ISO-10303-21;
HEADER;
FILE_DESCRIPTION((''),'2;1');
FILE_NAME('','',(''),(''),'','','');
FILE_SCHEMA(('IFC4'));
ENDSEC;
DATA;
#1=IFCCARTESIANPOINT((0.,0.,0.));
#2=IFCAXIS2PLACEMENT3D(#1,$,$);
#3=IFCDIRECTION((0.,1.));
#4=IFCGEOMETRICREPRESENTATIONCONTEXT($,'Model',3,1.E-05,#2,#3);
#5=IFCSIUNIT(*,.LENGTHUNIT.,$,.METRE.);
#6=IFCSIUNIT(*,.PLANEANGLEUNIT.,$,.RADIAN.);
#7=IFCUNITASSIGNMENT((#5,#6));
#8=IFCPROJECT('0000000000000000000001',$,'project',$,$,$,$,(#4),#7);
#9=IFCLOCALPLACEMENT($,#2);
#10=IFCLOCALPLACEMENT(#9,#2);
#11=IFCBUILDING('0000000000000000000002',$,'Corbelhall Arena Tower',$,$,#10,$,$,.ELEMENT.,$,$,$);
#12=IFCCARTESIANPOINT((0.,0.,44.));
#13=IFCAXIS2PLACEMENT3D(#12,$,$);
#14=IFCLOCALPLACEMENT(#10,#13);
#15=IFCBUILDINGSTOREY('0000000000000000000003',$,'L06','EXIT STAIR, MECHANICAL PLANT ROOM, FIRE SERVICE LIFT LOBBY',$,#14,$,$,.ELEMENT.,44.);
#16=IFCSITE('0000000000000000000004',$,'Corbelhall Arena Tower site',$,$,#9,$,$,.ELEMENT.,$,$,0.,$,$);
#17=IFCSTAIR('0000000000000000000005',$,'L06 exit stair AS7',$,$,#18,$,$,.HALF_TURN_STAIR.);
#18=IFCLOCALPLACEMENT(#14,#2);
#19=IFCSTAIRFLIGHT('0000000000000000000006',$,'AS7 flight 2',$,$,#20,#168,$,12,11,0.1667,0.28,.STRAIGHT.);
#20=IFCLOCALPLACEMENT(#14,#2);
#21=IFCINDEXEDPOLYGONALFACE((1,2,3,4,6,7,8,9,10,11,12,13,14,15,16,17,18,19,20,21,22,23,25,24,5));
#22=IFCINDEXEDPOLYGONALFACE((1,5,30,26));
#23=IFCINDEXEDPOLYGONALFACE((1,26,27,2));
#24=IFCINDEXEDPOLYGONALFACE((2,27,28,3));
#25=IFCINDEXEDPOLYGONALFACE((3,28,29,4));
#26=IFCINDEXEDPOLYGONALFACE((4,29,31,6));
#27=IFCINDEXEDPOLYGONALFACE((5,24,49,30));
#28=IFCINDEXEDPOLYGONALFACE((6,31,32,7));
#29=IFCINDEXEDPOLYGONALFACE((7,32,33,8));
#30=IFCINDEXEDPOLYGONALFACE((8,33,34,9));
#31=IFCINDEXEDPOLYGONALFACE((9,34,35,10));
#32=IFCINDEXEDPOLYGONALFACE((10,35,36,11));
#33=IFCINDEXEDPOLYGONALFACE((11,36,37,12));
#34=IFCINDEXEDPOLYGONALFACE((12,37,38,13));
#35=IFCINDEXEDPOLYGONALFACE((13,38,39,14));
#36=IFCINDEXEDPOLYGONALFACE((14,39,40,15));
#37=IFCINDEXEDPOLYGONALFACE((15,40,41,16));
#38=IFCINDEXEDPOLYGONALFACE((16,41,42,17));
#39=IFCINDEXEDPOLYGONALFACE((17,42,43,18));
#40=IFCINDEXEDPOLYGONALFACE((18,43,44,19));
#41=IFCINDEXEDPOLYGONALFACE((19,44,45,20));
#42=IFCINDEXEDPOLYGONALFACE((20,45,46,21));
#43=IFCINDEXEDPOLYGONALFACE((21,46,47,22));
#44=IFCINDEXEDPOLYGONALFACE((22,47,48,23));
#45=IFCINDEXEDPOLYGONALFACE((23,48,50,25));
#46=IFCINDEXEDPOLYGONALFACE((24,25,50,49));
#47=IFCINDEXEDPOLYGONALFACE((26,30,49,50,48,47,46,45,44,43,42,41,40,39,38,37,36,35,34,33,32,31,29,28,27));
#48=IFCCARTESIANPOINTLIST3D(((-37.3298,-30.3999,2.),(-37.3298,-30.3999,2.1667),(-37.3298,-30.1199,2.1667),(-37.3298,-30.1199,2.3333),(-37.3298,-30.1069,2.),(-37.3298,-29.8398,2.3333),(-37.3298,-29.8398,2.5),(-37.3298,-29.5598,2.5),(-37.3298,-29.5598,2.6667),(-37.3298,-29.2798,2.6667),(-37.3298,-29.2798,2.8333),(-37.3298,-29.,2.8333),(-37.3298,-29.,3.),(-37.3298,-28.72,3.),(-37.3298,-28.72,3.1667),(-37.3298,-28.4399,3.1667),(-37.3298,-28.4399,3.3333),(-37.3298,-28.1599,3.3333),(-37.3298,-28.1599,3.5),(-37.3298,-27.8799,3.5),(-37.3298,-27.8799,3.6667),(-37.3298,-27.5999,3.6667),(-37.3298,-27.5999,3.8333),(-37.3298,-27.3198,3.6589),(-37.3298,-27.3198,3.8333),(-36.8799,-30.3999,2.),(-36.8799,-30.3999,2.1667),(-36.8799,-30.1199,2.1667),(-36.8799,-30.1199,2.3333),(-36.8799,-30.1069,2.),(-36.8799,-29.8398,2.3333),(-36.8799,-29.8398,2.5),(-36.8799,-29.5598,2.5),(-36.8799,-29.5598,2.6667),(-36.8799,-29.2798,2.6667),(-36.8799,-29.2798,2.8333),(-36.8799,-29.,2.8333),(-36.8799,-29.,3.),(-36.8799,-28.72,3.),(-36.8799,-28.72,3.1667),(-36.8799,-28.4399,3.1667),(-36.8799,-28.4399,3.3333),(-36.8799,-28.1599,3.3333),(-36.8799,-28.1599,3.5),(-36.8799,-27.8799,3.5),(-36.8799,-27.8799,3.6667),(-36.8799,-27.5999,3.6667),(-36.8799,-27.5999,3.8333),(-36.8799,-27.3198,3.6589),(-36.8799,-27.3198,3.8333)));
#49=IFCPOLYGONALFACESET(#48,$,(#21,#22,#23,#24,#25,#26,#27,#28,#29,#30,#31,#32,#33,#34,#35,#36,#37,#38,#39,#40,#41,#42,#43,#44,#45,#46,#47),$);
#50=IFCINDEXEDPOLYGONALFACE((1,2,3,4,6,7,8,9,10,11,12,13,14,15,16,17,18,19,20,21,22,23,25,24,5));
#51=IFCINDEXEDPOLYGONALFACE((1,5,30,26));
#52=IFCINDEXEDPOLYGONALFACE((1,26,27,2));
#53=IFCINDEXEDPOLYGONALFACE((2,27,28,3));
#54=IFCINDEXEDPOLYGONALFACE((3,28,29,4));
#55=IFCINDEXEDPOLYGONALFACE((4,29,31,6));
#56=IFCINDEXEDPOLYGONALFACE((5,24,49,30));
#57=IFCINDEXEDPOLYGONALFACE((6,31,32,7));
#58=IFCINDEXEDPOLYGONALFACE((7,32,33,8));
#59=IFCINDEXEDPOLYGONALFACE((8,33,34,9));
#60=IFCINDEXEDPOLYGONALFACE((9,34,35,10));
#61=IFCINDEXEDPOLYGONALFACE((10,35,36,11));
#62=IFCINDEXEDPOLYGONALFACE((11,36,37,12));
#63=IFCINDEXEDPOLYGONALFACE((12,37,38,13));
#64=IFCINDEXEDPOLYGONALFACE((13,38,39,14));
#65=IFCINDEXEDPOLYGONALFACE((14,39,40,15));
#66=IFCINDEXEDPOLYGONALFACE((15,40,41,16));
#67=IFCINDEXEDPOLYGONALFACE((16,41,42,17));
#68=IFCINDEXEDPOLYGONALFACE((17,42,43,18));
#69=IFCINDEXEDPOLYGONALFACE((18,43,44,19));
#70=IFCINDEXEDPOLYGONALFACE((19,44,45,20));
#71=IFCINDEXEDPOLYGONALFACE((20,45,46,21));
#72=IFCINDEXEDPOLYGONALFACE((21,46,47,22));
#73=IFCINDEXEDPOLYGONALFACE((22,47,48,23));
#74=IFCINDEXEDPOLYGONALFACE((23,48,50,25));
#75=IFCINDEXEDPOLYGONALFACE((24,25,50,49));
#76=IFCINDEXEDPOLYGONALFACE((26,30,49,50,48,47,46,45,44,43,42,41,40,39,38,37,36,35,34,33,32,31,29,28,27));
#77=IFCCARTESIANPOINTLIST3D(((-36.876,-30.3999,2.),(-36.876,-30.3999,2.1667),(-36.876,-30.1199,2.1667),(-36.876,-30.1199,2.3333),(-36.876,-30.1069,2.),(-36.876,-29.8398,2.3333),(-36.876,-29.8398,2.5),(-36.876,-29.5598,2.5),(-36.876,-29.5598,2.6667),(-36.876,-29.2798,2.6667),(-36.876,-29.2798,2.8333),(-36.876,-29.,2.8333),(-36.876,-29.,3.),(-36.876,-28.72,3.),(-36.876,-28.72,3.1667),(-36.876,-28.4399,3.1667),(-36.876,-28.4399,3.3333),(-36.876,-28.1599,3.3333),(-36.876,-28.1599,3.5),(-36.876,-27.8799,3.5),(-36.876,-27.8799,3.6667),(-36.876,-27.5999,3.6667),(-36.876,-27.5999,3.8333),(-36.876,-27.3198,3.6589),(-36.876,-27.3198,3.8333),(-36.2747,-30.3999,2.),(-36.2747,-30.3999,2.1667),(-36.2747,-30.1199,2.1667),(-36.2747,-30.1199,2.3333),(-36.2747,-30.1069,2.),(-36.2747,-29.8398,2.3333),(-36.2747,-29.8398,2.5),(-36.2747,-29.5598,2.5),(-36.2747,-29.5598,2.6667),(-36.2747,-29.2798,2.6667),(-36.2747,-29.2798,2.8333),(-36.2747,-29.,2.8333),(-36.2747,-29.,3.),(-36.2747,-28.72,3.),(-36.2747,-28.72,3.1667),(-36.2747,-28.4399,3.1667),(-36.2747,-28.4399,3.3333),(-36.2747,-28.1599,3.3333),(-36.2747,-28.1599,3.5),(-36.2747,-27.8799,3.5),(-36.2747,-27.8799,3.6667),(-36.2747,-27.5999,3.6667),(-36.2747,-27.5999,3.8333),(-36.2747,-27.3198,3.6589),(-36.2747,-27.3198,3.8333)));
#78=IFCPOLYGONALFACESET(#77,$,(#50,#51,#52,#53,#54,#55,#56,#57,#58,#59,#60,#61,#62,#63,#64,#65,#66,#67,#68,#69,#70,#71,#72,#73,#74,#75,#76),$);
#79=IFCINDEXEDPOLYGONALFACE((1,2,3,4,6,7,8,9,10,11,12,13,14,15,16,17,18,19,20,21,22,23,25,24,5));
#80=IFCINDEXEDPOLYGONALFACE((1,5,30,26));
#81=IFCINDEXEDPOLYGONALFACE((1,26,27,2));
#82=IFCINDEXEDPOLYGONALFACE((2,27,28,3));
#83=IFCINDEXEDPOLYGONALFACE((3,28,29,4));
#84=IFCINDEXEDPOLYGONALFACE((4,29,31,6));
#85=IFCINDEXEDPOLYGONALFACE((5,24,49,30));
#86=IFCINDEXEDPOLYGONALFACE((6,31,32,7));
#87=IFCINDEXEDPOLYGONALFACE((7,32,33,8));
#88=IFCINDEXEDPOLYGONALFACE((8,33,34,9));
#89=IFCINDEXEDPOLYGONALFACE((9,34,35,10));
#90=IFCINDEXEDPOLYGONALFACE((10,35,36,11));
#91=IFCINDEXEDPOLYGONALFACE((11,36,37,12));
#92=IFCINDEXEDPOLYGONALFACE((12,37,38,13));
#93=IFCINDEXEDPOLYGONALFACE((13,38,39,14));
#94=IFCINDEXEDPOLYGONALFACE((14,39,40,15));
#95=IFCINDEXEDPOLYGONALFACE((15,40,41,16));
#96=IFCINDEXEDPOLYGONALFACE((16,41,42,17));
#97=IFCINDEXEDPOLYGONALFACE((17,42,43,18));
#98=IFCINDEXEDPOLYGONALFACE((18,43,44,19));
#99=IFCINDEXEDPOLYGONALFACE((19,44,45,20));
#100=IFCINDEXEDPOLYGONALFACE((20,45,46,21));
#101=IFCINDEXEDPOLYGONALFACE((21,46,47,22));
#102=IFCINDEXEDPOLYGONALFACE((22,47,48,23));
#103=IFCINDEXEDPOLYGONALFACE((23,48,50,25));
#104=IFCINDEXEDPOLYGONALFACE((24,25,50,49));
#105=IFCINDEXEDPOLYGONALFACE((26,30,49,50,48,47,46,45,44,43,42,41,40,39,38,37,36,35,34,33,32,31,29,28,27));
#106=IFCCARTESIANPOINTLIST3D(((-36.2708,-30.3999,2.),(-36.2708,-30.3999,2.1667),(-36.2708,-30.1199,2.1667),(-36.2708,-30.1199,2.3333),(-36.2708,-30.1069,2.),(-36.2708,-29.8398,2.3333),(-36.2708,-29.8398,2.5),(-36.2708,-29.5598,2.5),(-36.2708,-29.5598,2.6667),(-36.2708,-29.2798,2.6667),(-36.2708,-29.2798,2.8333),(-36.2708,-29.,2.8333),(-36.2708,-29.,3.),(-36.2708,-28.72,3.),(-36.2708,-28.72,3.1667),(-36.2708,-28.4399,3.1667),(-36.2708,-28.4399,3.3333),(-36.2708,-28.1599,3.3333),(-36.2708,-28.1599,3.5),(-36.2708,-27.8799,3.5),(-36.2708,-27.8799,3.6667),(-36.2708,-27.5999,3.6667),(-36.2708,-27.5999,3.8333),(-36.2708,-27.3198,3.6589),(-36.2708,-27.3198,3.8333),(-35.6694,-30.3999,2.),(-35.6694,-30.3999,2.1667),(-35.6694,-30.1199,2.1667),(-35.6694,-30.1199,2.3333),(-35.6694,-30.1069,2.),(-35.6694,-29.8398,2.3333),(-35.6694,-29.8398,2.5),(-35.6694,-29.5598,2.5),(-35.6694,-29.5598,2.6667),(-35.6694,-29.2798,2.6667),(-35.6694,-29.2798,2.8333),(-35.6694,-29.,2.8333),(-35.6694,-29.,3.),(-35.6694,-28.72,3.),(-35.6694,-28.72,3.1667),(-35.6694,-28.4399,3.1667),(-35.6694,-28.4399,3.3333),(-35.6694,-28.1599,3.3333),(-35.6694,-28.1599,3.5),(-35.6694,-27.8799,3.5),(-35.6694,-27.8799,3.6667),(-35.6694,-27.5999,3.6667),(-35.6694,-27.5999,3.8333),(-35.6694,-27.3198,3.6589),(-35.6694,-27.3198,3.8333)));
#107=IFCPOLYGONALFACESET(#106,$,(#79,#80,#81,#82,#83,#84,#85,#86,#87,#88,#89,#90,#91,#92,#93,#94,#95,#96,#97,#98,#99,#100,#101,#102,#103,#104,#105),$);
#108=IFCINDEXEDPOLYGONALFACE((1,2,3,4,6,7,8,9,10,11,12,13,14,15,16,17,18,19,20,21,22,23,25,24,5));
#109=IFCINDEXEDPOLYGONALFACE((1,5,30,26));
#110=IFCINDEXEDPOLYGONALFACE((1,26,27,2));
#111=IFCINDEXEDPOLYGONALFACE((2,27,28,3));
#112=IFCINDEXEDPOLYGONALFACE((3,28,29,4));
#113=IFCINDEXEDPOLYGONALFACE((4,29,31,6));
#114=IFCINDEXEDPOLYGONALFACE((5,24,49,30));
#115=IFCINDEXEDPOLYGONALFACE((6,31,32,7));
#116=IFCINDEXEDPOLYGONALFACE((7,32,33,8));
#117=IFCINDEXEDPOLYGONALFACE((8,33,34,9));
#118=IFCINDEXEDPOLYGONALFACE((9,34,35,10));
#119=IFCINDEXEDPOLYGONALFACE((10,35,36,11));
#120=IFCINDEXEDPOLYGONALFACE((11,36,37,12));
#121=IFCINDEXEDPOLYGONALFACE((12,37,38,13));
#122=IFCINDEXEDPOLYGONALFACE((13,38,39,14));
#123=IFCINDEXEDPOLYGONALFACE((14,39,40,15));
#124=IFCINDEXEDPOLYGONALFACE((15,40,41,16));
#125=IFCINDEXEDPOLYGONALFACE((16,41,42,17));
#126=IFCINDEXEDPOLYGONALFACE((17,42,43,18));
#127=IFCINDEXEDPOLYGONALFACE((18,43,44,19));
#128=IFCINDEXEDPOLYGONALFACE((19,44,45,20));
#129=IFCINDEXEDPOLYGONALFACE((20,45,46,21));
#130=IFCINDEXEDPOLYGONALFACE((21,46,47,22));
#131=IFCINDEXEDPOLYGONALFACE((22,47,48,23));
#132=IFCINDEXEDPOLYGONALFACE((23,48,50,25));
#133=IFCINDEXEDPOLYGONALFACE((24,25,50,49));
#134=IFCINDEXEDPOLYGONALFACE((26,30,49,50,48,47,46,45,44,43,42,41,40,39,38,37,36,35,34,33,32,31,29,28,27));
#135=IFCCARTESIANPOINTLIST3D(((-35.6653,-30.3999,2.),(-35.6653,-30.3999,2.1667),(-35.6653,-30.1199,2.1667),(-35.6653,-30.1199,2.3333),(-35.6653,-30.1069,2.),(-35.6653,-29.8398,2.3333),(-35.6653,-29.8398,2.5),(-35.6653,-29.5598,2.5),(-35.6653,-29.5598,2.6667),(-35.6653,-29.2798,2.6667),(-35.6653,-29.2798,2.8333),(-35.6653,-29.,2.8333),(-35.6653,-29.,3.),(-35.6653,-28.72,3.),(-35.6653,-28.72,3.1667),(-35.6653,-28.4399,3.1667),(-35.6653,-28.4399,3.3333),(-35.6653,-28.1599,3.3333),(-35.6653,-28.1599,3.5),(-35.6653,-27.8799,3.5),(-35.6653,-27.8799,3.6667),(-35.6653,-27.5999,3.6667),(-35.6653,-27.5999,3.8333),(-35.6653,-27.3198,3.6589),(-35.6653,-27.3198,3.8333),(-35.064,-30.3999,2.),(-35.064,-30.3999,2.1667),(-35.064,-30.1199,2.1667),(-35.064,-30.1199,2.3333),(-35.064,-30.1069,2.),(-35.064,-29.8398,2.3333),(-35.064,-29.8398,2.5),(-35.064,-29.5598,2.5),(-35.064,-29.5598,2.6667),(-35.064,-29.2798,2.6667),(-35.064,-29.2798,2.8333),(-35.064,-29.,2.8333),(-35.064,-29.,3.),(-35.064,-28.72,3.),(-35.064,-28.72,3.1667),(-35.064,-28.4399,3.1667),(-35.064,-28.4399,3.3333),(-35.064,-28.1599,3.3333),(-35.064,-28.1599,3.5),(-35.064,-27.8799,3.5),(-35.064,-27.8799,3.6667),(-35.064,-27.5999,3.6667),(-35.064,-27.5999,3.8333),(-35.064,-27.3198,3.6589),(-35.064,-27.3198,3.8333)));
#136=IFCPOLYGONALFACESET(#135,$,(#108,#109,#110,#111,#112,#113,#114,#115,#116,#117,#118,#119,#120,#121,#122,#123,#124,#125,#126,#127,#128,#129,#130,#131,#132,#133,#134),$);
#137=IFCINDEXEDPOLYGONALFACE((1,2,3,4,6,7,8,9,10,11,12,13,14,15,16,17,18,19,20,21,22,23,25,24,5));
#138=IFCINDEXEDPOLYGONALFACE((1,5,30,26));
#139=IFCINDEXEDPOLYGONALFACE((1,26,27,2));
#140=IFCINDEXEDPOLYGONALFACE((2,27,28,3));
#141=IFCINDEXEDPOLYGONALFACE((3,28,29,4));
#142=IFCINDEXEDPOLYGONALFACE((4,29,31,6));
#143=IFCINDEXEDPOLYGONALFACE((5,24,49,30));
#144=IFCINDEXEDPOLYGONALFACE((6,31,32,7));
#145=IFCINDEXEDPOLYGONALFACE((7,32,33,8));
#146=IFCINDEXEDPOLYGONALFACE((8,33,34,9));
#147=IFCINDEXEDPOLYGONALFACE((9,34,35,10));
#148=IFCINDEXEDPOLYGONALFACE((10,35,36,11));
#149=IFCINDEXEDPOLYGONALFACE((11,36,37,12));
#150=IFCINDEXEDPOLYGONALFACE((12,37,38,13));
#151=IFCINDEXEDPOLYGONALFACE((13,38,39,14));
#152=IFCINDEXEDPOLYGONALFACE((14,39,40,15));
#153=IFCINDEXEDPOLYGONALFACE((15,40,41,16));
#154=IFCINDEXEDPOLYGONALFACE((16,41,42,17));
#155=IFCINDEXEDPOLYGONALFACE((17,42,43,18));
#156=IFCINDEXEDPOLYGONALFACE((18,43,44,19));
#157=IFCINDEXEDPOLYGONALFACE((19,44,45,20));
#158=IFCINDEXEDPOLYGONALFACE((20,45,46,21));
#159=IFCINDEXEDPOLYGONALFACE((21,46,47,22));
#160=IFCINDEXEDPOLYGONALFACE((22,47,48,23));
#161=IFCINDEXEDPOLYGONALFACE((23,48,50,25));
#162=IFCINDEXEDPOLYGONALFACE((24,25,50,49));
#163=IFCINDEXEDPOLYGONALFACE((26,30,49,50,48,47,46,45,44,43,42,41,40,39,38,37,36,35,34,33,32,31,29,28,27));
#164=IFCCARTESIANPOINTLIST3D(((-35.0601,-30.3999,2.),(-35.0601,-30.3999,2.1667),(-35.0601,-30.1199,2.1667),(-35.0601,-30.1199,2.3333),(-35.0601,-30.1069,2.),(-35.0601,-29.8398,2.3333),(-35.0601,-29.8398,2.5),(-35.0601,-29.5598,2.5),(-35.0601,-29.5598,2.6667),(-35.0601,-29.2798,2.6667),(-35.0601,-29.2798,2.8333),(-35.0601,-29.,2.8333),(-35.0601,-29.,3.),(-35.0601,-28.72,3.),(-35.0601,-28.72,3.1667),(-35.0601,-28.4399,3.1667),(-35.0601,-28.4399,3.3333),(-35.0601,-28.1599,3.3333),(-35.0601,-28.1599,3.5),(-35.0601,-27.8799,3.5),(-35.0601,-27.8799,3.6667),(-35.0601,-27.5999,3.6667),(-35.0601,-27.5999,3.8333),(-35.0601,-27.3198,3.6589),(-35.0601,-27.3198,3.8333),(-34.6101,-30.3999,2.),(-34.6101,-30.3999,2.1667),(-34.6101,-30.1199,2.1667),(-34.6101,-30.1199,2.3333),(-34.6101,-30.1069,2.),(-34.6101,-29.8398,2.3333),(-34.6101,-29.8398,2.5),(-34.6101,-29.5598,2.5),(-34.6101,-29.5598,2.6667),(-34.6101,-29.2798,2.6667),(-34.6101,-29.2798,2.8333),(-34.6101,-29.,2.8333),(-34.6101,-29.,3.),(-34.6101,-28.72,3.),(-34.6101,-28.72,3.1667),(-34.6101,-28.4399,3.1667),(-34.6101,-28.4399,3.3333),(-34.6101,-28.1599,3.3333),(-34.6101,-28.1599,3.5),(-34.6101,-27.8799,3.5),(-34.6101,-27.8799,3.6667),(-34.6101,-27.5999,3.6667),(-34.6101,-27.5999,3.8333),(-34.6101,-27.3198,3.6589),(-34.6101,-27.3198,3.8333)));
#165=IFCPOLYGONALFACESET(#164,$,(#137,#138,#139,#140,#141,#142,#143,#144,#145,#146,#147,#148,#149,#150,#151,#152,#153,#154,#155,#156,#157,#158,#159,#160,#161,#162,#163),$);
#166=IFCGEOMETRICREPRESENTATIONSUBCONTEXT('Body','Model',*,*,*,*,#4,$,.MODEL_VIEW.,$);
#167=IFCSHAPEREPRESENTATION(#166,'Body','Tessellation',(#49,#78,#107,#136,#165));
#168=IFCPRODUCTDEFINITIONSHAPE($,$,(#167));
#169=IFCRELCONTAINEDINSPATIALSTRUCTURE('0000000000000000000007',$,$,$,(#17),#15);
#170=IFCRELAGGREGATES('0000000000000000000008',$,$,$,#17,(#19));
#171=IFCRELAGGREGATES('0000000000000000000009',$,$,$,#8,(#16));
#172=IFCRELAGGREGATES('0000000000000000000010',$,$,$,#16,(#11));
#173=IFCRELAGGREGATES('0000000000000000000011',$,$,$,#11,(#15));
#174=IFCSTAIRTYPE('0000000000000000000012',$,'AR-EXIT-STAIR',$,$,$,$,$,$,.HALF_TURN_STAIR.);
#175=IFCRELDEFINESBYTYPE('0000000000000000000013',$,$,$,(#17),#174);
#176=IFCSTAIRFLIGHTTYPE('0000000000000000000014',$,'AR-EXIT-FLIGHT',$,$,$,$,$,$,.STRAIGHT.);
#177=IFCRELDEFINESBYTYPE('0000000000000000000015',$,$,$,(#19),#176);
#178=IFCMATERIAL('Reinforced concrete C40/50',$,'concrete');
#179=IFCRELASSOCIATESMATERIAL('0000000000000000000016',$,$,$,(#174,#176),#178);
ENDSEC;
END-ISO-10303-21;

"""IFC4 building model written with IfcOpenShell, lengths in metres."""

from ifc_helpers import new_model, si_unit, direction, frame, origin, place, context, subcontext, project, spatial, polyline, outline, extrude, material, type_object, element, aggregate, save


model = new_model("IFC4")

# Units and contexts
model_context = context("Model", 3, precision=1e-05, world=origin(), true_north=direction((0.0, 1.0)))
body_context = subcontext(model_context, "Body", "Model", "MODEL_VIEW")
ifc_project = project(units=[si_unit("LENGTHUNIT", "METRE"), si_unit("PLANEANGLEUNIT", "RADIAN")], contexts=[model_context])

# Site, building, storey
site_placement = place(None, origin())
site = spatial("IfcSite", under=ifc_project, at=site_placement, Name="Corbelhall Arena Tower site", CompositionType="ELEMENT", RefElevation=0.0)
building_placement = place(site_placement, origin())
building = spatial("IfcBuilding", under=site, at=building_placement, Name="Corbelhall Arena Tower", CompositionType="ELEMENT")
storey_placement = place(building_placement, frame((0.0, 0.0, 44.0)))
storey = spatial("IfcBuildingStorey", under=building, at=storey_placement, Name="L06", Description="EXIT STAIR, MECHANICAL PLANT ROOM, FIRE SERVICE LIFT LOBBY", CompositionType="ELEMENT", Elevation=44.0)

# Shared definitions
ifc_material_1 = material(Name="Reinforced concrete C40/50", Category="concrete")

# Stair, stair flight
stair_type = type_object("IfcStairType", Name="AR-EXIT-STAIR", PredefinedType="HALF_TURN_STAIR", material=ifc_material_1)
stair_1_placement = place(storey_placement, origin())
stair_1 = element("IfcStair", 1, at=stair_1_placement, inside=storey, type_object=stair_type, Name="L06 exit stair AS7", PredefinedType="HALF_TURN_STAIR")
stair_flight_type = type_object("IfcStairFlightType", Name="AR-EXIT-FLIGHT", PredefinedType="STRAIGHT", material=ifc_material_1)
stair_flight_1_placement = place(storey_placement, frame((-35.97, -30.3999, 2.0), z_axis=(0.0, 0.0, 1.0), x_axis=(0.0, 1.0, 0.0)))
stair_flight_1 = element("IfcStairFlight", 2, at=stair_flight_1_placement, type_object=stair_flight_type, Name="AS7 flight 2", NumberOfRisers=12, NumberOfTreads=11, PredefinedType="STRAIGHT", RiserHeight=0.1667, TreadLength=0.28, context=body_context, shape_type="SweptSolid", body=[
    extrude(outline(polyline([(0.0, 0.0), (0.0, 0.1667), (0.28, 0.1667), (0.28, 0.3333), (0.5601, 0.3333), (0.5601, 0.5), (0.8401, 0.5), (0.8401, 0.6667), (1.1201, 0.6667), (1.1201, 0.8333), (1.3999, 0.8333), (1.3999, 1.0), (1.6799, 1.0), (1.6799, 1.1667), (1.96, 1.1667), (1.96, 1.3333), (2.24, 1.3333), (2.24, 1.5), (2.52, 1.5), (2.52, 1.6667), (2.8, 1.6667), (2.8, 1.8333), (3.0801, 1.8333), (3.0801, 2.0), (3.0801, 1.6589), (0.293, 0.0), (0.0, 0.0)])), frame((0.0, 1.3599, 0.0), z_axis=(0.0, -1.0, 0.0), x_axis=(1.0, 0.0, 0.0)), (0.0, 0.0, 1.0), 0.45),
    extrude(outline(polyline([(0.0, 0.0), (0.0, 0.1667), (0.28, 0.1667), (0.28, 0.3333), (0.5601, 0.3333), (0.5601, 0.5), (0.8401, 0.5), (0.8401, 0.6667), (1.1201, 0.6667), (1.1201, 0.8333), (1.3999, 0.8333), (1.3999, 1.0), (1.6799, 1.0), (1.6799, 1.1667), (1.96, 1.1667), (1.96, 1.3333), (2.24, 1.3333), (2.24, 1.5), (2.52, 1.5), (2.52, 1.6667), (2.8, 1.6667), (2.8, 1.8333), (3.0801, 1.8333), (3.0801, 2.0), (3.0801, 1.6589), (0.293, 0.0), (0.0, 0.0)])), frame((0.0, 0.906, 0.0), z_axis=(0.0, -1.0, 0.0), x_axis=(1.0, 0.0, 0.0)), (0.0, 0.0, 1.0), 0.6013),
    extrude(outline(polyline([(0.0, 0.0), (0.0, 0.1667), (0.28, 0.1667), (0.28, 0.3333), (0.5601, 0.3333), (0.5601, 0.5), (0.8401, 0.5), (0.8401, 0.6667), (1.1201, 0.6667), (1.1201, 0.8333), (1.3999, 0.8333), (1.3999, 1.0), (1.6799, 1.0), (1.6799, 1.1667), (1.96, 1.1667), (1.96, 1.3333), (2.24, 1.3333), (2.24, 1.5), (2.52, 1.5), (2.52, 1.6667), (2.8, 1.6667), (2.8, 1.8333), (3.0801, 1.8333), (3.0801, 2.0), (3.0801, 1.6589), (0.293, 0.0), (0.0, 0.0)])), frame((0.0, 0.3008, 0.0), z_axis=(0.0, -1.0, 0.0), x_axis=(1.0, 0.0, 0.0)), (0.0, 0.0, 1.0), 0.6013),
    extrude(outline(polyline([(0.0, 0.0), (0.0, 0.1667), (0.28, 0.1667), (0.28, 0.3333), (0.5601, 0.3333), (0.5601, 0.5), (0.8401, 0.5), (0.8401, 0.6667), (1.1201, 0.6667), (1.1201, 0.8333), (1.3999, 0.8333), (1.3999, 1.0), (1.6799, 1.0), (1.6799, 1.1667), (1.96, 1.1667), (1.96, 1.3333), (2.24, 1.3333), (2.24, 1.5), (2.52, 1.5), (2.52, 1.6667), (2.8, 1.6667), (2.8, 1.8333), (3.0801, 1.8333), (3.0801, 2.0), (3.0801, 1.6589), (0.293, 0.0), (0.0, 0.0)])), frame((0.0, -0.3047, 0.0), z_axis=(0.0, -1.0, 0.0), x_axis=(1.0, 0.0, 0.0)), (0.0, 0.0, 1.0), 0.6013),
    extrude(outline(polyline([(0.0, 0.0), (0.0, 0.1667), (0.28, 0.1667), (0.28, 0.3333), (0.5601, 0.3333), (0.5601, 0.5), (0.8401, 0.5), (0.8401, 0.6667), (1.1201, 0.6667), (1.1201, 0.8333), (1.3999, 0.8333), (1.3999, 1.0), (1.6799, 1.0), (1.6799, 1.1667), (1.96, 1.1667), (1.96, 1.3333), (2.24, 1.3333), (2.24, 1.5), (2.52, 1.5), (2.52, 1.6667), (2.8, 1.6667), (2.8, 1.8333), (3.0801, 1.8333), (3.0801, 2.0), (3.0801, 1.6589), (0.293, 0.0), (0.0, 0.0)])), frame((0.0, -0.9099, 0.0), z_axis=(0.0, -1.0, 0.0), x_axis=(1.0, 0.0, 0.0)), (0.0, 0.0, 1.0), 0.45),
])
aggregate(stair_1, [stair_flight_1])

save(model, "model.ifc")
